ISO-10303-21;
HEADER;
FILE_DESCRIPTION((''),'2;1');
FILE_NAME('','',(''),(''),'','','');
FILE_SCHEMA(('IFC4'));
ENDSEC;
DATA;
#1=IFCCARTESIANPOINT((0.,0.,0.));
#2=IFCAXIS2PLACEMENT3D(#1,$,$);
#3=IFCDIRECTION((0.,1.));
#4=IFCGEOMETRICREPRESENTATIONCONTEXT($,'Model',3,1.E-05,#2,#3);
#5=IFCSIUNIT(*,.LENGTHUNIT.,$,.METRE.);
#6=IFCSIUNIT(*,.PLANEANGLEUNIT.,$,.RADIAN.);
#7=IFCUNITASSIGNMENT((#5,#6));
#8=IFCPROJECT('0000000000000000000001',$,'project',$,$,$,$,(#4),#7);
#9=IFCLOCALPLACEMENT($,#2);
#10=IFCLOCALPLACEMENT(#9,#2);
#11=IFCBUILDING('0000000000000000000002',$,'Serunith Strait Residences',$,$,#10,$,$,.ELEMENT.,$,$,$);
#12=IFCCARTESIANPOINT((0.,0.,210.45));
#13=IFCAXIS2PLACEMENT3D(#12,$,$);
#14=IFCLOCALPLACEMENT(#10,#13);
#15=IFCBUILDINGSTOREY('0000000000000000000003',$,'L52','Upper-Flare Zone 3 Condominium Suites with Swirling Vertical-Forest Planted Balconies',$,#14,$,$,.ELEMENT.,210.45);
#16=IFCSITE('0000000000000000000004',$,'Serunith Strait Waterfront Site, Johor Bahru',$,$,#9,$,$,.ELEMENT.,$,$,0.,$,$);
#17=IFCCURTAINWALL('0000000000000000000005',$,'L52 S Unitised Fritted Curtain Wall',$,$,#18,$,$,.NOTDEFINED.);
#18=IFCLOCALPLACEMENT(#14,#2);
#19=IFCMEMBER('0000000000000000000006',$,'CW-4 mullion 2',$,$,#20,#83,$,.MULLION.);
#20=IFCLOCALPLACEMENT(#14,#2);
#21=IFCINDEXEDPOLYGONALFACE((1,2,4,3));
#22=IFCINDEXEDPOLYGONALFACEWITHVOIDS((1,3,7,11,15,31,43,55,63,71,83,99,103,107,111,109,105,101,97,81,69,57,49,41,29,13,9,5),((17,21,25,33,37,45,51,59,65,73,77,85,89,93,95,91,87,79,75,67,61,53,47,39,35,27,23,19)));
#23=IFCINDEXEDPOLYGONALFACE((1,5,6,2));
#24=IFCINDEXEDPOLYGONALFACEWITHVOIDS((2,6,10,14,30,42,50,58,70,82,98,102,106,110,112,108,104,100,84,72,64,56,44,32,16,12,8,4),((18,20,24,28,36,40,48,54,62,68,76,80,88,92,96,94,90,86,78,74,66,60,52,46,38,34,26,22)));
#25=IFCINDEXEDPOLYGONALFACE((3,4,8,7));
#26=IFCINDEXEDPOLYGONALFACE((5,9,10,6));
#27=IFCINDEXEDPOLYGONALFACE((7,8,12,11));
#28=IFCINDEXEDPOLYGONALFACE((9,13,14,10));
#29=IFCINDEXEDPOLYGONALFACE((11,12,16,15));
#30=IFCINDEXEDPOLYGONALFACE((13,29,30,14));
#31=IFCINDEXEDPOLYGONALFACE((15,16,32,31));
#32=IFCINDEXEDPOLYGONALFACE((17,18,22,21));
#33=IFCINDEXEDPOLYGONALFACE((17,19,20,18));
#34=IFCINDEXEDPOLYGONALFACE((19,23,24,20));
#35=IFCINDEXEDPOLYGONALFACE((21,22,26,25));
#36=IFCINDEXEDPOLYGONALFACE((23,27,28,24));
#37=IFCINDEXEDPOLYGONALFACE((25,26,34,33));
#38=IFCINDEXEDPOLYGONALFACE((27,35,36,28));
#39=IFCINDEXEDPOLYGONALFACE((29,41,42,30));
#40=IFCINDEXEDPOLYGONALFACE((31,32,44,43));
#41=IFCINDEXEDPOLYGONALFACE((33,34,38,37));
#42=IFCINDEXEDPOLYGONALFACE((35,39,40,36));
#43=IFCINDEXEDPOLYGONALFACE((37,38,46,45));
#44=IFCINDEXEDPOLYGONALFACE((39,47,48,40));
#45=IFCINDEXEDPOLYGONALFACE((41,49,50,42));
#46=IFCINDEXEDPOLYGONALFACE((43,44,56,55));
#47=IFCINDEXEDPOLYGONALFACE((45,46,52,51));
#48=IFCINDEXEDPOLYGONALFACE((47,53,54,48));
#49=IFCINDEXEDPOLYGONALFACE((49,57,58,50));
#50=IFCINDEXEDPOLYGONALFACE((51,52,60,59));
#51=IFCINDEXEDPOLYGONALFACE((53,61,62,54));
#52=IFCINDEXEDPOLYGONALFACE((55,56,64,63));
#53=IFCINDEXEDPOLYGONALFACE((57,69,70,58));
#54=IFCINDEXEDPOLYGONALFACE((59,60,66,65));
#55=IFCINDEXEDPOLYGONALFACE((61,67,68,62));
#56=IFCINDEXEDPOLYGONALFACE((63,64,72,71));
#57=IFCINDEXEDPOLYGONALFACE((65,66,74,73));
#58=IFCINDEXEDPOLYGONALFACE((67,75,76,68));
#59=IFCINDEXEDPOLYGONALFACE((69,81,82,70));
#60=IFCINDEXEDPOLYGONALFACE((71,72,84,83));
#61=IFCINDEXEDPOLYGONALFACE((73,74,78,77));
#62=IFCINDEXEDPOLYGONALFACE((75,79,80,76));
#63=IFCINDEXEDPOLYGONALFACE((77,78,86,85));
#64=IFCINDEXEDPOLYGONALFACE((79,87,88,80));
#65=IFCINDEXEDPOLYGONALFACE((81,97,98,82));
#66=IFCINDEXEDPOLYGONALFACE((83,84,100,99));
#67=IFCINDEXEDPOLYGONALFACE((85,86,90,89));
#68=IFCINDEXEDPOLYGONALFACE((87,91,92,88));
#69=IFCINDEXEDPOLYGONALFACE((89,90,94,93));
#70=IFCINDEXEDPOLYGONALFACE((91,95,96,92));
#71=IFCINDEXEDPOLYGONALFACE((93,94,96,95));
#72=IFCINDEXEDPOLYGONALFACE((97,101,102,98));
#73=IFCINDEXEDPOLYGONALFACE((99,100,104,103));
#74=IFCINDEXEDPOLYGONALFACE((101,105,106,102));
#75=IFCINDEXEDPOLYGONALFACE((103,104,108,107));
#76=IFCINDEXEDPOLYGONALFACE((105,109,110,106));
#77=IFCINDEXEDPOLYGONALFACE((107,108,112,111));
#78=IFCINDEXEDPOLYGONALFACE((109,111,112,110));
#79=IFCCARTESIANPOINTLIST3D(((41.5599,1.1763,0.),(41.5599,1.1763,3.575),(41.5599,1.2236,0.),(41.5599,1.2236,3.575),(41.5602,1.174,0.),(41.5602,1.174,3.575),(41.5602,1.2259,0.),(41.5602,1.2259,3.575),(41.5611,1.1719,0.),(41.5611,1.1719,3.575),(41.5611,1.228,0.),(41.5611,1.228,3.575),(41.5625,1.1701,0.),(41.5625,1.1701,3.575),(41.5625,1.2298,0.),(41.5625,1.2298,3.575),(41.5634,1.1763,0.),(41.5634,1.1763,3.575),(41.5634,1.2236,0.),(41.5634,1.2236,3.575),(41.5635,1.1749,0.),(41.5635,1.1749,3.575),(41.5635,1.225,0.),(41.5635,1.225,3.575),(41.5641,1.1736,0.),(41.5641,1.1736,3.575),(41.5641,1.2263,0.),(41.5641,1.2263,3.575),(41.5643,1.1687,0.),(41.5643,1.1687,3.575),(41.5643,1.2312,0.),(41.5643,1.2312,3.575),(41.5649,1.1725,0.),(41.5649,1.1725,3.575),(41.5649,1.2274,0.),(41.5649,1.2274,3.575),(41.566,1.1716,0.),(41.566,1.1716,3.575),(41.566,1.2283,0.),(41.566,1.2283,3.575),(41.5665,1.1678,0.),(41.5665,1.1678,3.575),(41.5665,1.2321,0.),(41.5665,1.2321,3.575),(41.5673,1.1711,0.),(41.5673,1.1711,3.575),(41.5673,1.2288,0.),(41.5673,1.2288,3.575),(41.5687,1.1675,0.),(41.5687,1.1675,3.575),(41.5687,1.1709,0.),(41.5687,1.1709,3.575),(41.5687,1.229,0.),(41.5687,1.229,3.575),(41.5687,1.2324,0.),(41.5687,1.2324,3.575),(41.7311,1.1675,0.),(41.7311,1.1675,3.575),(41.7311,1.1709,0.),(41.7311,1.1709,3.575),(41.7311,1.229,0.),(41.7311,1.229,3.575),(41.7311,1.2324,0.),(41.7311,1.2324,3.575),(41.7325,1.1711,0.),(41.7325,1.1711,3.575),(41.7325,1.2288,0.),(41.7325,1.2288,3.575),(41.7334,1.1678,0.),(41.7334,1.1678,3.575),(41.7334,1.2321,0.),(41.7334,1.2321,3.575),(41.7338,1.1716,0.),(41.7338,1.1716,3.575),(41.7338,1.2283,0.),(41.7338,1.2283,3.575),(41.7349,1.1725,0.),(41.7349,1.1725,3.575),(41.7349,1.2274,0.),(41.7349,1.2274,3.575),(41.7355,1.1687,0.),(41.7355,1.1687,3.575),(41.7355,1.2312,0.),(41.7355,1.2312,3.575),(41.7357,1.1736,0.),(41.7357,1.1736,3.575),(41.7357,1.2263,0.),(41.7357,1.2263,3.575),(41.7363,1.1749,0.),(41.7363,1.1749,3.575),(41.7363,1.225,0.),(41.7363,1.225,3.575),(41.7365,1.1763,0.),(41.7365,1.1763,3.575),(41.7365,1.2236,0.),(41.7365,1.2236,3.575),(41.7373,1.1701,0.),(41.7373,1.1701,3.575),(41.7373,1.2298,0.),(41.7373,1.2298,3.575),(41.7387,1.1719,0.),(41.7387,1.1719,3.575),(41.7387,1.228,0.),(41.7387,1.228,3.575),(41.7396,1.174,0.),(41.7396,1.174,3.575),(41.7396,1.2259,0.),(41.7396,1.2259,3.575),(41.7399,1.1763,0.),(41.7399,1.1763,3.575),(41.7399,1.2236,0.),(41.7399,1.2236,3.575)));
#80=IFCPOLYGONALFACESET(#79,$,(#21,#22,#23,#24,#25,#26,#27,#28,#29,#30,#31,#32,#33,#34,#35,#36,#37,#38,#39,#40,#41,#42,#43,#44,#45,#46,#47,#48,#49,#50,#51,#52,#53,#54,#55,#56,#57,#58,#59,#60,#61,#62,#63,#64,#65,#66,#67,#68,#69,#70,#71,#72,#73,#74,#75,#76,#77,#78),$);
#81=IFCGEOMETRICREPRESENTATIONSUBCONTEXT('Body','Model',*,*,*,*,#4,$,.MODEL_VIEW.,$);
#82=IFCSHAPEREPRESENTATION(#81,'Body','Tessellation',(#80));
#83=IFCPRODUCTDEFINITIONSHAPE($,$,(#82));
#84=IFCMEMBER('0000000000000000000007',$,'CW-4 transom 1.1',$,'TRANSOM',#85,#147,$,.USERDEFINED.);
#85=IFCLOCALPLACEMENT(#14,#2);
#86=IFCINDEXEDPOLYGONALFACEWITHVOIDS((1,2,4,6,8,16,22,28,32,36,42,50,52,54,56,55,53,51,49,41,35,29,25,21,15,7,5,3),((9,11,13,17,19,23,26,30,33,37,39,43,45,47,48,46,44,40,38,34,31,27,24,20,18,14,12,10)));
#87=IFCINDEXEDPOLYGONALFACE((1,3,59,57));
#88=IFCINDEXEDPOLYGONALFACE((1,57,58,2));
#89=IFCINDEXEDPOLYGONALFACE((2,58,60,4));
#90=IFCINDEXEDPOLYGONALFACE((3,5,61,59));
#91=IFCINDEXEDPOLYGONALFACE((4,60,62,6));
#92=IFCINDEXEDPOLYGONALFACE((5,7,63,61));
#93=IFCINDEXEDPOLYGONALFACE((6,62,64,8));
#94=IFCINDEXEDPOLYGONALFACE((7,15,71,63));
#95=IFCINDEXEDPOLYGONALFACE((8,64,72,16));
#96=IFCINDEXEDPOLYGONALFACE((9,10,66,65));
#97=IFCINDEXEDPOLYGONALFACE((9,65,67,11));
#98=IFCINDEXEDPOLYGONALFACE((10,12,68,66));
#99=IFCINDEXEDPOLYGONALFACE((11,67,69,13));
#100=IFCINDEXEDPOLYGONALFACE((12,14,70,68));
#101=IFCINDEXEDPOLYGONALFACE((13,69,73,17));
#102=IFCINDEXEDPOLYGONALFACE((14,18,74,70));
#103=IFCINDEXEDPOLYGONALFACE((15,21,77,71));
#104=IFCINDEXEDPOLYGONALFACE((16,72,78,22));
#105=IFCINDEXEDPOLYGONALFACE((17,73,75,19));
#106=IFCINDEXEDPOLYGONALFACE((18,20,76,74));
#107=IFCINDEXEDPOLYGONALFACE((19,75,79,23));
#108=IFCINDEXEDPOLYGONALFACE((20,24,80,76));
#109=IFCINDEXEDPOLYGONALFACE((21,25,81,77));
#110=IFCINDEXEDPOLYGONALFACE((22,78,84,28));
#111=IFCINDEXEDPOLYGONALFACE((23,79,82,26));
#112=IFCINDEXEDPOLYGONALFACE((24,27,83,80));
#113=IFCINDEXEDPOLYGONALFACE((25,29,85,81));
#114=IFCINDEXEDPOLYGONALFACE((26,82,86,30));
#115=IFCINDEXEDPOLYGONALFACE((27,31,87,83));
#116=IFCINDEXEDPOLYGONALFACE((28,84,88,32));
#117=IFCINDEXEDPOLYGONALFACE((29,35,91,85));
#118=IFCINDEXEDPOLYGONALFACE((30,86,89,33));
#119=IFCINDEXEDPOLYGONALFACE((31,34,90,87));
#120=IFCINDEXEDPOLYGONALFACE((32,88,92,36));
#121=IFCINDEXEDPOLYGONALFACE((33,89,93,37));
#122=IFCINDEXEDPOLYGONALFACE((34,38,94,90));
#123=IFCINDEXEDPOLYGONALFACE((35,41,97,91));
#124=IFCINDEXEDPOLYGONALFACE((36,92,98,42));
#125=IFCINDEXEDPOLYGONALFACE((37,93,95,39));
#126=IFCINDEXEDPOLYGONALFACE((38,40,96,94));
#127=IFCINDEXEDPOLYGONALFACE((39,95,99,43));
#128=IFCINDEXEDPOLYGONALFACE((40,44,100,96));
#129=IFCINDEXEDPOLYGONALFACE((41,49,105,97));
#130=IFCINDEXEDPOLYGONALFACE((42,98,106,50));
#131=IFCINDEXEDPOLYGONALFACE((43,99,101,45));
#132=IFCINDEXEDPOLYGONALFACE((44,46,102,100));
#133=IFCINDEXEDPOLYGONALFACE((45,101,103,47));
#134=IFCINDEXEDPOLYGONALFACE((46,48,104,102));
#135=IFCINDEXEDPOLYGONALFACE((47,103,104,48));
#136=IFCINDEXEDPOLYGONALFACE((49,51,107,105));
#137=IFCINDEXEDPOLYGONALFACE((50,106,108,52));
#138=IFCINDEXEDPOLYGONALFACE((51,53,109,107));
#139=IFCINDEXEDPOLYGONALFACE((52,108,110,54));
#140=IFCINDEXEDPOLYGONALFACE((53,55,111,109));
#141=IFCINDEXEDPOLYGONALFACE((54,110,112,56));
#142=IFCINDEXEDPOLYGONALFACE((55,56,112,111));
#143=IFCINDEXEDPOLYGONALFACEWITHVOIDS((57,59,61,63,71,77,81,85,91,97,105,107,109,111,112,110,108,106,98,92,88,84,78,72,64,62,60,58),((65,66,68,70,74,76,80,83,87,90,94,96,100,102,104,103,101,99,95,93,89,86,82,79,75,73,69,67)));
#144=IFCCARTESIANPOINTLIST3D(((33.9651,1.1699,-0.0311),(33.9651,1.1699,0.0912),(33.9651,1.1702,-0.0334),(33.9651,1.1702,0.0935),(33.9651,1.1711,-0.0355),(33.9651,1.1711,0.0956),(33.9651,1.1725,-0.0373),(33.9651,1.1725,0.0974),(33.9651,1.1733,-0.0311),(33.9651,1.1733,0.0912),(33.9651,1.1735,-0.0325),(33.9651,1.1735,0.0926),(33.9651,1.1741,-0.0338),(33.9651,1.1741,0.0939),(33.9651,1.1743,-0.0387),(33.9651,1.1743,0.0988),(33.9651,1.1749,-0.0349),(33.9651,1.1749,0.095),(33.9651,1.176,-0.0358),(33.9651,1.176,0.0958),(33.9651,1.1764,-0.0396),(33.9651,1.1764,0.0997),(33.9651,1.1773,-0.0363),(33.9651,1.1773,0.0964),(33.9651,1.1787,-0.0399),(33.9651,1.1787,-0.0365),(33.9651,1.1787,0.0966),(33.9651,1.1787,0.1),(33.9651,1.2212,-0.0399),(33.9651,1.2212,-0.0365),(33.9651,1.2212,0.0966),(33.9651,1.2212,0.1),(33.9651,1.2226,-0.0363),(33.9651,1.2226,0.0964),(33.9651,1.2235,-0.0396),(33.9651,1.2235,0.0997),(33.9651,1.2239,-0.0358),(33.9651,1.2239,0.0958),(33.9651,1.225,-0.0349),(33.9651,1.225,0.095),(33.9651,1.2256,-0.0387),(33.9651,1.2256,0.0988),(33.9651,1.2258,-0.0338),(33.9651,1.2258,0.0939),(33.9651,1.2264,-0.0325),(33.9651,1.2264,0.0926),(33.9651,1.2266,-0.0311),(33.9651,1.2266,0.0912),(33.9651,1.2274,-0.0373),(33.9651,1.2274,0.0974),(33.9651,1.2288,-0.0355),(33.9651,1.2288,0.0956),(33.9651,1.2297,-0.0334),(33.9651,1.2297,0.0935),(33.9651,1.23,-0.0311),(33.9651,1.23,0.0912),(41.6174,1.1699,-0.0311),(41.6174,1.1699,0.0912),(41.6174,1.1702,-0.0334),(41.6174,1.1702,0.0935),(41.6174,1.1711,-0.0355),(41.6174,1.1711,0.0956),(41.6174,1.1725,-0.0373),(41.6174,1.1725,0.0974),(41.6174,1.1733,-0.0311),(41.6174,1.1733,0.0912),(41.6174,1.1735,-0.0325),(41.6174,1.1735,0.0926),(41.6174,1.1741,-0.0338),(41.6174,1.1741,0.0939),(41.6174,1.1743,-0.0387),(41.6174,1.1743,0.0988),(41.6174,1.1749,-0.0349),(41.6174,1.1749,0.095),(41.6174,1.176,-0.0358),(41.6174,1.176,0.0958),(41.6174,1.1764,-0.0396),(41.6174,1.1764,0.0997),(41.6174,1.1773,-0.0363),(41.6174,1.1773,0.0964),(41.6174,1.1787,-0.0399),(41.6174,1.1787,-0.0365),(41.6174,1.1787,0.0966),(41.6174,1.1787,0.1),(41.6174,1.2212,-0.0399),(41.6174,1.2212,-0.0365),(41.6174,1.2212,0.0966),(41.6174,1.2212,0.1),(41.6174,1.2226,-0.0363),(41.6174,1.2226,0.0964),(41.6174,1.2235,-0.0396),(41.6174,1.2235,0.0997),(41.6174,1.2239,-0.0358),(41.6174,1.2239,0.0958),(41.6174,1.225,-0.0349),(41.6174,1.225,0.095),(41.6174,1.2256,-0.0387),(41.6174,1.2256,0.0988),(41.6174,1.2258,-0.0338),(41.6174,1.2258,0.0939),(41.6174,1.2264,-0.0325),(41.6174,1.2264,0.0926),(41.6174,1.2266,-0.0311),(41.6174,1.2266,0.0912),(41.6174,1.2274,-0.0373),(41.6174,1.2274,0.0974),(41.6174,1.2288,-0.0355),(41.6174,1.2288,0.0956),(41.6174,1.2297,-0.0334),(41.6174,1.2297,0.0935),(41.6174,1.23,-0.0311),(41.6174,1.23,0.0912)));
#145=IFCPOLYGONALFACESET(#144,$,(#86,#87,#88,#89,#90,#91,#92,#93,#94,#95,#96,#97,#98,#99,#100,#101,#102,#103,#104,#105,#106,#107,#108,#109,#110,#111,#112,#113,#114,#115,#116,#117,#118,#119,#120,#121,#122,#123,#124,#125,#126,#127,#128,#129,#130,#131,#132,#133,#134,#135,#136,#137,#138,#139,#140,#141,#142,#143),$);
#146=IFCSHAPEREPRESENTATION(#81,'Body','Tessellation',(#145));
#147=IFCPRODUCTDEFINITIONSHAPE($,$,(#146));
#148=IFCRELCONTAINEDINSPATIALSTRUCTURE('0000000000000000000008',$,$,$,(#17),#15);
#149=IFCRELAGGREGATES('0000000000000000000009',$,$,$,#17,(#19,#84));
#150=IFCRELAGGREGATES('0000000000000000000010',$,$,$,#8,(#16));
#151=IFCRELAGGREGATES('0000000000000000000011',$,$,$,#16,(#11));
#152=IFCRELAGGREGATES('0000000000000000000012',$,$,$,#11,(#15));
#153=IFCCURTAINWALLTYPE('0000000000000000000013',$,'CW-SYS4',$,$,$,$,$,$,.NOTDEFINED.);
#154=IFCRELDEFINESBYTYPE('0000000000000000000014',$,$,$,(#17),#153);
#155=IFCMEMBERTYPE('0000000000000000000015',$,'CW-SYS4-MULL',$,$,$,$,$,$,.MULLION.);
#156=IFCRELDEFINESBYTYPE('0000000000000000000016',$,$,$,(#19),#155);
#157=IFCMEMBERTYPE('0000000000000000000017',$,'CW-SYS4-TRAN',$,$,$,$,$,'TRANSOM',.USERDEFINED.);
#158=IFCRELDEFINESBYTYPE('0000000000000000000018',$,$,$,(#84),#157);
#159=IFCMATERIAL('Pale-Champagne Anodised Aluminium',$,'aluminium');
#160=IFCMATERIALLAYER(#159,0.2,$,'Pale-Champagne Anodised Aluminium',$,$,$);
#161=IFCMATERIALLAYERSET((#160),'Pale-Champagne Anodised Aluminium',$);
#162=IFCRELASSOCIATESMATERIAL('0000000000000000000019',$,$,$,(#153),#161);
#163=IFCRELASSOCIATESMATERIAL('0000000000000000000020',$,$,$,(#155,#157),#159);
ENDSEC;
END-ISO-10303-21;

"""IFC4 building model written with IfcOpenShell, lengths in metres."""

from ifc_helpers import new_model, si_unit, direction, frame, origin, origin_2d, place, context, subcontext, project, spatial, hollow_rectangle, extrude, source, transform, mapped, material, layer, layer_set, material_profile, profile_set, type_object, element, aggregate, save


model = new_model("IFC4")

# Units and contexts
model_context = context("Model", 3, precision=1e-05, world=origin(), true_north=direction((0.0, 1.0)))
body_context = subcontext(model_context, "Body", "Model", "MODEL_VIEW")
ifc_project = project(units=[si_unit("LENGTHUNIT", "METRE"), si_unit("PLANEANGLEUNIT", "RADIAN")], contexts=[model_context])

# Site, building, storey
site_placement = place(None, origin())
site = spatial("IfcSite", under=ifc_project, at=site_placement, Name="Serunith Strait Waterfront Site, Johor Bahru", CompositionType="ELEMENT", RefElevation=0.0)
building_placement = place(site_placement, origin())
building = spatial("IfcBuilding", under=site, at=building_placement, Name="Serunith Strait Residences", CompositionType="ELEMENT")
storey_placement = place(building_placement, frame((0.0, 0.0, 210.45)))
storey = spatial("IfcBuildingStorey", under=building, at=storey_placement, Name="L52", Description="Upper-Flare Zone 3 Condominium Suites with Swirling Vertical-Forest Planted Balconies", CompositionType="ELEMENT", Elevation=210.45)

# Shared definitions
ifc_material_1 = material(Name="Pale-Champagne Anodised Aluminium", Category="aluminium")
ifc_layer_1 = layer(ifc_material_1, 0.2, Name="Pale-Champagne Anodised Aluminium")
ifc_layer_set_1 = layer_set([ifc_layer_1], Name="Pale-Champagne Anodised Aluminium")
curtain_wall_type = type_object("IfcCurtainWallType", Name="CW-SYS4", PredefinedType="NOTDEFINED", material=ifc_layer_set_1)
ifc_material_profile_1 = material_profile(ifc_material_1, hollow_rectangle(XDim=0.0649, YDim=0.1799, WallThickness=0.0034, InnerFilletRadius=0.0054, OuterFilletRadius=0.0088, at=origin_2d()), Name="ALU 180x65x3.5")
ifc_profile_set_1 = profile_set([ifc_material_profile_1], Name="Pale-Champagne Anodised Aluminium")
member_type_1 = type_object("IfcMemberType", Name="CW-SYS4-MULL", PredefinedType="MULLION", material=ifc_profile_set_1)
shared_shape_1 = source(origin(), body_context, "Body", "SweptSolid", [
    extrude(hollow_rectangle(XDim=0.0649, YDim=0.1799, WallThickness=0.0034, InnerFilletRadius=0.0054, OuterFilletRadius=0.0088, at=origin_2d()), origin(), (0.0, 0.0, 1.0), 3.575),
])

# Curtain wall, members
curtain_wall_1_placement = place(storey_placement, origin())
curtain_wall_1 = element("IfcCurtainWall", 1, at=curtain_wall_1_placement, inside=storey, type_object=curtain_wall_type, Name="L52 S Unitised Fritted Curtain Wall", PredefinedType="NOTDEFINED")
member_1_placement = place(storey_placement, frame((41.6499, 1.2, 0.0), z_axis=(0.0, 0.0, 1.0), x_axis=(0.0, 1.0, 0.0)))
member_1 = element("IfcMember", 2, at=member_1_placement, type_object=member_type_1, Name="CW-4 mullion 2", PredefinedType="MULLION", context=body_context, shape_type="MappedRepresentation", body=[
    mapped(shared_shape_1, transform((0.0, 0.0, 0.0), scale=1.0)),
])
ifc_material_profile_2 = material_profile(ifc_material_1, hollow_rectangle(XDim=0.0601, YDim=0.1399, WallThickness=0.0034, InnerFilletRadius=0.0054, OuterFilletRadius=0.0088, at=origin_2d()), Name="ALU 140x60x3.5")
ifc_profile_set_2 = profile_set([ifc_material_profile_2], Name="Pale-Champagne Anodised Aluminium")
member_type_2 = type_object("IfcMemberType", Name="CW-SYS4-TRAN", ElementType="TRANSOM", PredefinedType="USERDEFINED", material=ifc_profile_set_2)
shared_shape_2 = source(origin(), body_context, "Body", "SweptSolid", [
    extrude(hollow_rectangle(XDim=0.0601, YDim=0.1399, WallThickness=0.0034, InnerFilletRadius=0.0054, OuterFilletRadius=0.0088, at=origin_2d()), origin(), (0.0, 0.0, 1.0), 7.6523),
])
member_2_placement = place(storey_placement, frame((33.9651, 1.2, 0.03), z_axis=(1.0, 0.0, 0.0), x_axis=(0.0, 1.0, 0.0)))
member_2 = element("IfcMember", 3, at=member_2_placement, type_object=member_type_2, Name="CW-4 transom 1.1", ObjectType="TRANSOM", PredefinedType="USERDEFINED", context=body_context, shape_type="MappedRepresentation", body=[
    mapped(shared_shape_2, transform((0.0, 0.0, 0.0), scale=1.0)),
])
aggregate(curtain_wall_1, [member_1, member_2])

save(model, "model.ifc")
